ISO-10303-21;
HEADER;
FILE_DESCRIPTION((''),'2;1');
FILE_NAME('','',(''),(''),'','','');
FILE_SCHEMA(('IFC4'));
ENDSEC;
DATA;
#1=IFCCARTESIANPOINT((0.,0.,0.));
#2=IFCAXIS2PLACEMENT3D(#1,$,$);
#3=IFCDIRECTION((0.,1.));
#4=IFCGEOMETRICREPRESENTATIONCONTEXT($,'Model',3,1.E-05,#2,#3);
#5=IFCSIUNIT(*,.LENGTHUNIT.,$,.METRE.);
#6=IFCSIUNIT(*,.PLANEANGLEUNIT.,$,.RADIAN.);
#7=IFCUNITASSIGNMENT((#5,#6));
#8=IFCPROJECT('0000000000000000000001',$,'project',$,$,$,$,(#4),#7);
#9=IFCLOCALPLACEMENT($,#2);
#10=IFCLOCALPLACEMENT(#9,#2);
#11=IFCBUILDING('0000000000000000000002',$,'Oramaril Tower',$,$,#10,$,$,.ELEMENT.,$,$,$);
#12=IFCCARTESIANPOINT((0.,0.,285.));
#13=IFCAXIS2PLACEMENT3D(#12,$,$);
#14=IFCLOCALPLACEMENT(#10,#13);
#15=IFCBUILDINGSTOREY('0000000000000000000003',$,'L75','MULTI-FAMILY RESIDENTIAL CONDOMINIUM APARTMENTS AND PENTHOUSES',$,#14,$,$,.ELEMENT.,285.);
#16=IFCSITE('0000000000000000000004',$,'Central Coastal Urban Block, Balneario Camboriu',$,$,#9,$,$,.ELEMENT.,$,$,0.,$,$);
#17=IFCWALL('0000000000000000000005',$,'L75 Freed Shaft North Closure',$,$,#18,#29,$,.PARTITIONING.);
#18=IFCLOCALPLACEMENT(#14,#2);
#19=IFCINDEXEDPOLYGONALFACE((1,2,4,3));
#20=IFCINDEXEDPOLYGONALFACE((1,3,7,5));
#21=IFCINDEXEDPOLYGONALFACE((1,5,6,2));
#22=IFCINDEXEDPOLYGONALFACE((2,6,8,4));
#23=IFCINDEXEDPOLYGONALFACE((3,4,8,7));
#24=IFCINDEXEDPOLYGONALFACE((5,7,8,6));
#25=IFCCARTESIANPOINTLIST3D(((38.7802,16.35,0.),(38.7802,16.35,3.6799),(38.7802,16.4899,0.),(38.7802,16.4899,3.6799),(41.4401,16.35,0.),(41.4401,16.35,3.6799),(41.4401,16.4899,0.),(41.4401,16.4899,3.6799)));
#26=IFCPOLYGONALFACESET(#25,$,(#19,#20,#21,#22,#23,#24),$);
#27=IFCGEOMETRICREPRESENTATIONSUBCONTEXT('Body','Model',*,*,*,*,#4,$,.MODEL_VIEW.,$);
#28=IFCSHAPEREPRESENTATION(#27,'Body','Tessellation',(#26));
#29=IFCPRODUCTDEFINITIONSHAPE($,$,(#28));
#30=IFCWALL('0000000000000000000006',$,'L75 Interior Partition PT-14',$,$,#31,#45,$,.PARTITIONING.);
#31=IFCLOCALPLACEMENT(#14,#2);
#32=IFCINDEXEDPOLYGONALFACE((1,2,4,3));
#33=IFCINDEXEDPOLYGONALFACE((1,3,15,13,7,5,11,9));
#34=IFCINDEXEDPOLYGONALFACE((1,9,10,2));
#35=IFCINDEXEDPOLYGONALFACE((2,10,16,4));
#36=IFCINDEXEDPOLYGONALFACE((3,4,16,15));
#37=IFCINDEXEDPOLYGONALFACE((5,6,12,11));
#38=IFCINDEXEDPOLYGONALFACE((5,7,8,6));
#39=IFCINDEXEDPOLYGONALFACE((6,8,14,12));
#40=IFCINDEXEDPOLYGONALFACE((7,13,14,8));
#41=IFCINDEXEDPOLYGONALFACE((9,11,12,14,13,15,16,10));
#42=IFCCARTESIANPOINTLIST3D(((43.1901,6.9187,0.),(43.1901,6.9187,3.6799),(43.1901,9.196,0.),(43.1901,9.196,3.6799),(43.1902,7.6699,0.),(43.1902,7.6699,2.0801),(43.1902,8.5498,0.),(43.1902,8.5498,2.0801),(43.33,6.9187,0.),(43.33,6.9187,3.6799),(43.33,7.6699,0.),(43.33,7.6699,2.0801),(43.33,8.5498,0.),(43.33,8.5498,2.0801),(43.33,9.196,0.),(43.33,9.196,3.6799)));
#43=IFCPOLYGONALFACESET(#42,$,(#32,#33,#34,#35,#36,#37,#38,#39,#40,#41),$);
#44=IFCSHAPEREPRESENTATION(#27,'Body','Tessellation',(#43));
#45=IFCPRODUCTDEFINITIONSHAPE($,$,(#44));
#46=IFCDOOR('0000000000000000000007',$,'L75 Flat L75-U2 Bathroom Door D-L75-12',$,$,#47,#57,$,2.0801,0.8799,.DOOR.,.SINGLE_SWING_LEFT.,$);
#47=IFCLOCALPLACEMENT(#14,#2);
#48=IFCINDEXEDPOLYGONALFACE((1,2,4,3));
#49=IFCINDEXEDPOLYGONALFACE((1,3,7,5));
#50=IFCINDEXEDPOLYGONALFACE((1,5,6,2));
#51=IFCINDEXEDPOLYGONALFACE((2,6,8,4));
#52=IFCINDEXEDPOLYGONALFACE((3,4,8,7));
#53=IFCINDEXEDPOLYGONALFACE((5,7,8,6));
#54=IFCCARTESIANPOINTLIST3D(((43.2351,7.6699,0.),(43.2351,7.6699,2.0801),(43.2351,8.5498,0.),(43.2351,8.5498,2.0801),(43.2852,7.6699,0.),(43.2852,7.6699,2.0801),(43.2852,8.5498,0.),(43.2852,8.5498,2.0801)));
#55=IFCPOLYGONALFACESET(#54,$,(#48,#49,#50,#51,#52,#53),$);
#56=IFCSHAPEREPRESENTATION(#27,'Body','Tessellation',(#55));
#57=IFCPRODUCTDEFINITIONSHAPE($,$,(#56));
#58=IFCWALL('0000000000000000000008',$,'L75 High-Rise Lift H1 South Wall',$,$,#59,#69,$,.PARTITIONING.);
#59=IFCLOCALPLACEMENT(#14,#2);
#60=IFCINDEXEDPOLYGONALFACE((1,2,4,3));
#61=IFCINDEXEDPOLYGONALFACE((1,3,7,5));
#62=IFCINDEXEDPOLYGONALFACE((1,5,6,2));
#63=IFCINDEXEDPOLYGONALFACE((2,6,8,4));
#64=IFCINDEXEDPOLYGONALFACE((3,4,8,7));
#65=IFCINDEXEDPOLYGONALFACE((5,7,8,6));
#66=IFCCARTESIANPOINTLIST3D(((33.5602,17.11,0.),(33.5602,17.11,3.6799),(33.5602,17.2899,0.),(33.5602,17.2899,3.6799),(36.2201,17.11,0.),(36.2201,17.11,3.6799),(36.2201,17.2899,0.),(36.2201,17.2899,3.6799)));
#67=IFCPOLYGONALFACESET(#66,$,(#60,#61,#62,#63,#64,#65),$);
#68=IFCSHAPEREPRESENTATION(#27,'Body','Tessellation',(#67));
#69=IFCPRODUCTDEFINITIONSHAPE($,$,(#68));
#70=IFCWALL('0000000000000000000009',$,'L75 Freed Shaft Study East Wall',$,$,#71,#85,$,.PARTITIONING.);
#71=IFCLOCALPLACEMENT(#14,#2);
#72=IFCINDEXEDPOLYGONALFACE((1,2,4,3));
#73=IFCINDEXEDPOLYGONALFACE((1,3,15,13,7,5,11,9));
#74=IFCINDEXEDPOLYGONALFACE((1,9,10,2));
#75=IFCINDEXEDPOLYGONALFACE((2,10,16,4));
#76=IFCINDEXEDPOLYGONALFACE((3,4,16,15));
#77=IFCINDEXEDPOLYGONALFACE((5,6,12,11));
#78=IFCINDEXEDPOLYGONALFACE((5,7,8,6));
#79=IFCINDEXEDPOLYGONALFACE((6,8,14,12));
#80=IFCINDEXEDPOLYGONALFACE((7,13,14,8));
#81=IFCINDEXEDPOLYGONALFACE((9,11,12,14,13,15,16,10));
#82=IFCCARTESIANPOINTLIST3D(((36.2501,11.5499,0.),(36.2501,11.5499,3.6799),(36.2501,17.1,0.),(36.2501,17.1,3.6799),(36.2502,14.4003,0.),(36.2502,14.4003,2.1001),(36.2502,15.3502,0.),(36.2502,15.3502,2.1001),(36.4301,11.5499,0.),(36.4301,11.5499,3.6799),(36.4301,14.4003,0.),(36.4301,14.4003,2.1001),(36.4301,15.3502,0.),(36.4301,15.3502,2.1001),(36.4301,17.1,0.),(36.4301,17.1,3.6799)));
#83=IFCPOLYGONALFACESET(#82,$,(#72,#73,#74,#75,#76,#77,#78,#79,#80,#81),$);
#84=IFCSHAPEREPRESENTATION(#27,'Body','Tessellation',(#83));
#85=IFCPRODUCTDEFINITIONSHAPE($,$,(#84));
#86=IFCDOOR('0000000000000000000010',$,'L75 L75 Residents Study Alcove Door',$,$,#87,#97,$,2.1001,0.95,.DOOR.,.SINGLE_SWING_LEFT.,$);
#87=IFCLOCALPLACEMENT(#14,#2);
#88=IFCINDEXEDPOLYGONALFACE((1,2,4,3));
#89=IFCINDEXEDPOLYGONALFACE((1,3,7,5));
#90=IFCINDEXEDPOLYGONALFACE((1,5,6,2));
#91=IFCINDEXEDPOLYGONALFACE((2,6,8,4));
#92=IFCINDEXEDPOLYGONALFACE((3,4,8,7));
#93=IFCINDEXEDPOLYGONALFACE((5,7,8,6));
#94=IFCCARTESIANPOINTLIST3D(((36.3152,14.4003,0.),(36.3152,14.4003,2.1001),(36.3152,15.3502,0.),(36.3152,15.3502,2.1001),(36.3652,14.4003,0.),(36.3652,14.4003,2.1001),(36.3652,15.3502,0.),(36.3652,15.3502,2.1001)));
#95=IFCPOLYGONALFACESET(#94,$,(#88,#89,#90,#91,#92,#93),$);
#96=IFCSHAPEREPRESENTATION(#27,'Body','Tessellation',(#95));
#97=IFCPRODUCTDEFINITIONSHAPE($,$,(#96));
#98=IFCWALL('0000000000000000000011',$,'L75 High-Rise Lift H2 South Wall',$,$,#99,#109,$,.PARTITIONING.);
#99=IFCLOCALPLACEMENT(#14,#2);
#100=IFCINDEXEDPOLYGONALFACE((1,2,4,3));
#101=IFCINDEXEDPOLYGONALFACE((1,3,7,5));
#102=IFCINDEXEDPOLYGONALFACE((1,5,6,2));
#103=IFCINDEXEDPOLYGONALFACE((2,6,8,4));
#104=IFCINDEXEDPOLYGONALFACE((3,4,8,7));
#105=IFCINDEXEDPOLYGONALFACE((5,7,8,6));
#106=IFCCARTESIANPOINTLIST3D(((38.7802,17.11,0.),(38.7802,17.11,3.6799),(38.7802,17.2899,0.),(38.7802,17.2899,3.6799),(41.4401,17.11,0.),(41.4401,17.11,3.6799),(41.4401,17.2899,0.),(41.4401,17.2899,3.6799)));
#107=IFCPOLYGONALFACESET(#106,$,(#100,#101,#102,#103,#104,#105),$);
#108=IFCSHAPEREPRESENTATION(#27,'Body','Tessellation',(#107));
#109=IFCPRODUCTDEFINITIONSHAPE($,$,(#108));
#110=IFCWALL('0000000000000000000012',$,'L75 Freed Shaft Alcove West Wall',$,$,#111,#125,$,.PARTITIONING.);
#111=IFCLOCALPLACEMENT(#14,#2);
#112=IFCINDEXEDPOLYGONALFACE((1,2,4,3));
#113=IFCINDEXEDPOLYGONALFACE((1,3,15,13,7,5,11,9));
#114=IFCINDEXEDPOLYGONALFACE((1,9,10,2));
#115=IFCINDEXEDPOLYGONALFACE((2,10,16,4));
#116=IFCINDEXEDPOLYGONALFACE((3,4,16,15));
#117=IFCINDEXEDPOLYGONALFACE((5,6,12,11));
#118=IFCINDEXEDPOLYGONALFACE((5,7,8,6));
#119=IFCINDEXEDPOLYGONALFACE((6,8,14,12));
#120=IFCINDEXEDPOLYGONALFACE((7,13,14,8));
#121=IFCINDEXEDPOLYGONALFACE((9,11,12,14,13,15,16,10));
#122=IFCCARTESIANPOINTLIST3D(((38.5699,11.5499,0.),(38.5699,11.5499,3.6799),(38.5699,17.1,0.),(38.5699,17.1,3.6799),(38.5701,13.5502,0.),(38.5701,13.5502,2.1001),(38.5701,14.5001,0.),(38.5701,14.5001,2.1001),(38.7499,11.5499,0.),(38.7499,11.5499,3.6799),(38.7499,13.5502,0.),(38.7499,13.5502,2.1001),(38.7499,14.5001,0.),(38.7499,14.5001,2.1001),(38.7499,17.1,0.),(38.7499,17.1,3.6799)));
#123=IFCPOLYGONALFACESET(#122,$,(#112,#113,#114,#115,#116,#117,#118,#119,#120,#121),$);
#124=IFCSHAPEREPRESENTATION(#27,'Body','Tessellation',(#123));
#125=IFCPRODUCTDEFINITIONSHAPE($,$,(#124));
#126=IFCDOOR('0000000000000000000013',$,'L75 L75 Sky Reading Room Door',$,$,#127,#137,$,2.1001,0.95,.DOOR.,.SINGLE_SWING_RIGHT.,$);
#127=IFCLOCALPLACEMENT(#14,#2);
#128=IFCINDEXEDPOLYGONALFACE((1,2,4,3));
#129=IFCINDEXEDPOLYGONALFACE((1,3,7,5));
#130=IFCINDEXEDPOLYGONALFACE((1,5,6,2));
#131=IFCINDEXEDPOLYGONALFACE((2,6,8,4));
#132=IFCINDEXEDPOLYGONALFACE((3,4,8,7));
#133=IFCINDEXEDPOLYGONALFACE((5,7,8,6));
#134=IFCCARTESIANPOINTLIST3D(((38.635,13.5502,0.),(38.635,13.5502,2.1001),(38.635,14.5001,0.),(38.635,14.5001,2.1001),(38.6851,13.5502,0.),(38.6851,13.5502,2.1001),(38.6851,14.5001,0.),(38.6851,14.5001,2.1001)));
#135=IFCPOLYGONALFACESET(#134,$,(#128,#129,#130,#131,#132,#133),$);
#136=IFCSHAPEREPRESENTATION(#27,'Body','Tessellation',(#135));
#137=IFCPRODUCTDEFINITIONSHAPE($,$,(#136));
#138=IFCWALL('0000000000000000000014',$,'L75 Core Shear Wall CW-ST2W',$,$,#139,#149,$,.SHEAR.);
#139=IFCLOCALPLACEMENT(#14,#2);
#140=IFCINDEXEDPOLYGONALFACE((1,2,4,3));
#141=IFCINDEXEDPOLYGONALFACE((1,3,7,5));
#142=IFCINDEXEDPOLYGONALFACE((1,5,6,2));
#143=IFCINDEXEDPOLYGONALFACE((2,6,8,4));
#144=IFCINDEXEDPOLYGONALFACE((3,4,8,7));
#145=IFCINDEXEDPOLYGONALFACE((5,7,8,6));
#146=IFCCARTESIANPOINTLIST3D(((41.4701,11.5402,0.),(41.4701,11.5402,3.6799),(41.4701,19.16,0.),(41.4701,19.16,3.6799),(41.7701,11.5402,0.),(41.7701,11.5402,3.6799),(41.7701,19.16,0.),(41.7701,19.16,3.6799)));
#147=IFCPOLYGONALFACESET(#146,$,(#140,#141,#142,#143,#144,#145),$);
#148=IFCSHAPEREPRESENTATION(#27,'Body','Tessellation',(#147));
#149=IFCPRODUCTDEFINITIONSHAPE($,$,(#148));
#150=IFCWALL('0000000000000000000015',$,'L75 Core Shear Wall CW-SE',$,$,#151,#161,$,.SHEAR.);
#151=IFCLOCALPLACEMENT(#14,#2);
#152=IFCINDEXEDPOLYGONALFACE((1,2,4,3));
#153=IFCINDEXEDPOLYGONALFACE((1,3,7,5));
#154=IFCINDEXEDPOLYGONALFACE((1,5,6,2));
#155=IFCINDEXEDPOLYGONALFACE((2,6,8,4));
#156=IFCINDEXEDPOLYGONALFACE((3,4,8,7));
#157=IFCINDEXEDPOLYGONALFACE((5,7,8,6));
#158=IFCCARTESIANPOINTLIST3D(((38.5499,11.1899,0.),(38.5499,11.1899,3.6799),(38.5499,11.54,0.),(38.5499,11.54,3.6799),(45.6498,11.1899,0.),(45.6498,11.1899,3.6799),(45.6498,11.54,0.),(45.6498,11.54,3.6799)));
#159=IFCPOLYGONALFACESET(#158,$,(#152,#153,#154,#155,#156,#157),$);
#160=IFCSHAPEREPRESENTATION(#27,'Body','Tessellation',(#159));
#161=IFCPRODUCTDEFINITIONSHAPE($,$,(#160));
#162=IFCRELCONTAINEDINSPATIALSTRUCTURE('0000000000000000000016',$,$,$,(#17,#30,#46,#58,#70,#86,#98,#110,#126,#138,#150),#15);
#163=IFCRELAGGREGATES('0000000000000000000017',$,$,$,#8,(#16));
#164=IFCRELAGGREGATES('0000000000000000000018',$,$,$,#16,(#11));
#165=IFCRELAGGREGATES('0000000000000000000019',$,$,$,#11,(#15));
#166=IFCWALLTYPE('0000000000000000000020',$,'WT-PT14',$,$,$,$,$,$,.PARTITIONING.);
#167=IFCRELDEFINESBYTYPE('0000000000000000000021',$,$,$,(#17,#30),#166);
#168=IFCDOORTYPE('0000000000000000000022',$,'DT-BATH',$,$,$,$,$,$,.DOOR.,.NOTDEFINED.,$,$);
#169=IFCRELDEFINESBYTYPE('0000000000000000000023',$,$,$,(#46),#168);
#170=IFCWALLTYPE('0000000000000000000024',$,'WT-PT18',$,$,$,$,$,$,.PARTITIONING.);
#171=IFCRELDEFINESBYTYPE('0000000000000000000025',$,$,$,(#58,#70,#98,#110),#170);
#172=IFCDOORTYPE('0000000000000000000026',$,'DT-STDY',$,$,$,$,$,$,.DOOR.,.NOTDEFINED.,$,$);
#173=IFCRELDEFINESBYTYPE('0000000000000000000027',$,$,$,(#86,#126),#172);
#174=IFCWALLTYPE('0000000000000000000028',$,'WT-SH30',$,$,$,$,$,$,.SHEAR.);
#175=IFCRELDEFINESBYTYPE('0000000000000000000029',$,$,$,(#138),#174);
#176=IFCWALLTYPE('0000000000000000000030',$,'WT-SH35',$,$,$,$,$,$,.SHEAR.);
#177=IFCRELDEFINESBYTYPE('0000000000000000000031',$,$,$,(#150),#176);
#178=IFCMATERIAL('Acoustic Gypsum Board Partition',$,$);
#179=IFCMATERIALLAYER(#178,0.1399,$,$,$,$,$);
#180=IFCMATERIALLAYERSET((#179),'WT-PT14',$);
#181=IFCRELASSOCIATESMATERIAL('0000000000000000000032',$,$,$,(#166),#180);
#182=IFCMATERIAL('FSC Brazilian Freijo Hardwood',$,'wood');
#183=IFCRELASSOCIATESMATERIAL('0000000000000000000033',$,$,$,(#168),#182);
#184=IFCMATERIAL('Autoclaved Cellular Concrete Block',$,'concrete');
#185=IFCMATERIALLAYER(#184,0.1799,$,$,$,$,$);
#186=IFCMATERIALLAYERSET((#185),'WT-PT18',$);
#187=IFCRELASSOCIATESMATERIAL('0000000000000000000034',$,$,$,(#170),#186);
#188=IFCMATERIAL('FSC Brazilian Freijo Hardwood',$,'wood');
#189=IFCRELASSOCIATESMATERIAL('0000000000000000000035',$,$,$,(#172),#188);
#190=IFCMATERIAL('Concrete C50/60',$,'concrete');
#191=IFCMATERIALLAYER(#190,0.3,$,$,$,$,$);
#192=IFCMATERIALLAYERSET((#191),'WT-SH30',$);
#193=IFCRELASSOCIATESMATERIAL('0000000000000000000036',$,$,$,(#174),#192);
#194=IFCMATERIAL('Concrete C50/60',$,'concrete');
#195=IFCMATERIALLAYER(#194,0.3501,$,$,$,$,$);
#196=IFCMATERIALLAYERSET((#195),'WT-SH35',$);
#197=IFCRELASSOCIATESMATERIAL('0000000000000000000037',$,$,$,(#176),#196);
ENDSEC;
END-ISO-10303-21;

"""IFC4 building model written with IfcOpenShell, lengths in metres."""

from ifc_helpers import new_model, si_unit, direction, frame, frame_2d, origin, place, context, subcontext, project, spatial, rectangle, extrude, material, layer, layer_set, type_object, element, fill, save


model = new_model("IFC4")

# Units and contexts
model_context = context("Model", 3, precision=1e-05, world=origin(), true_north=direction((0.0, 1.0)))
body_context = subcontext(model_context, "Body", "Model", "MODEL_VIEW")
ifc_project = project(units=[si_unit("LENGTHUNIT", "METRE"), si_unit("PLANEANGLEUNIT", "RADIAN")], contexts=[model_context])

# Site, building, storey
site_placement = place(None, origin())
site = spatial("IfcSite", under=ifc_project, at=site_placement, Name="Central Coastal Urban Block, Balneario Camboriu", CompositionType="ELEMENT", RefElevation=0.0)
building_placement = place(site_placement, origin())
building = spatial("IfcBuilding", under=site, at=building_placement, Name="Oramaril Tower", CompositionType="ELEMENT")
storey_placement = place(building_placement, frame((0.0, 0.0, 285.0)))
storey = spatial("IfcBuildingStorey", under=building, at=storey_placement, Name="L75", Description="MULTI-FAMILY RESIDENTIAL CONDOMINIUM APARTMENTS AND PENTHOUSES", CompositionType="ELEMENT", Elevation=285.0)

# Wall
ifc_material_1 = material(Name="Acoustic Gypsum Board Partition")
ifc_layer_1 = layer(ifc_material_1, 0.1399)
ifc_layer_set_1 = layer_set([ifc_layer_1], Name="WT-PT14")
wall_type_1 = type_object("IfcWallType", Name="WT-PT14", PredefinedType="PARTITIONING", material=ifc_layer_set_1)
wall_1_placement = place(storey_placement, frame((38.78, 16.4199, 0.0), z_axis=(0.0, 0.0, 1.0), x_axis=(1.0, 0.0, 0.0)))
element("IfcWall", 1, at=wall_1_placement, inside=storey, type_object=wall_type_1, Name="L75 Freed Shaft North Closure", PredefinedType="PARTITIONING", context=body_context, shape_type="SweptSolid", body=[
    extrude(rectangle(XDim=2.6599, YDim=0.1399, at=frame_2d((1.3301, 0.0))), origin(), (0.0, 0.0, 1.0), 3.6799),
])

# Wall, opening, door
wall_2_placement = place(storey_placement, frame((43.26, 6.9187, 0.0), z_axis=(0.0, 0.0, 1.0), x_axis=(0.0, 1.0, 0.0)))
wall_2 = element("IfcWall", 2, at=wall_2_placement, inside=storey, type_object=wall_type_1, Name="L75 Interior Partition PT-14", PredefinedType="PARTITIONING", context=body_context, shape_type="SweptSolid", body=[
    extrude(rectangle(XDim=2.2773, YDim=0.1399, at=frame_2d((1.1387, 0.0))), origin(), (0.0, 0.0, 1.0), 3.6799),
])
opening_1_placement = place(wall_2_placement, frame((0.7512, 0.0, 0.0)))
opening_1 = element("IfcOpeningElement", 3, at=opening_1_placement, cuts=wall_2, PredefinedType="OPENING", context=body_context, shape_type="SweptSolid", body=[
    extrude(rectangle(XDim=0.8799, YDim=2.0801, at=frame_2d((0.4399, 1.04))), frame((0.0, 0.0698, 0.0), z_axis=(0.0, -1.0, 0.0), x_axis=(1.0, 0.0, 0.0)), (0.0, 0.0, 1.0), 0.1399),
])
ifc_material_2 = material(Name="FSC Brazilian Freijo Hardwood", Category="wood")
door_type_1 = type_object("IfcDoorType", Name="DT-BATH", OperationType="NOTDEFINED", PredefinedType="DOOR", material=ifc_material_2)
door_1_placement = place(opening_1_placement, origin())
door_1 = element("IfcDoor", 4, at=door_1_placement, inside=storey, type_object=door_type_1, Name="L75 Flat L75-U2 Bathroom Door D-L75-12", OperationType="SINGLE_SWING_LEFT", OverallHeight=2.0801, OverallWidth=0.8799, PredefinedType="DOOR", context=body_context, shape_type="SweptSolid", body=[
    extrude(rectangle(XDim=0.8799, YDim=2.0801, at=frame_2d((0.4399, 1.04))), frame((0.0, 0.0249, 0.0), z_axis=(0.0, -1.0, 0.0), x_axis=(1.0, 0.0, 0.0)), (0.0, 0.0, 1.0), 0.05),
])
fill(opening_1, door_1)

# Wall
ifc_material_3 = material(Name="Autoclaved Cellular Concrete Block", Category="concrete")
ifc_layer_2 = layer(ifc_material_3, 0.1799)
ifc_layer_set_2 = layer_set([ifc_layer_2], Name="WT-PT18")
wall_type_2 = type_object("IfcWallType", Name="WT-PT18", PredefinedType="PARTITIONING", material=ifc_layer_set_2)
wall_3_placement = place(storey_placement, frame((33.5601, 17.2, 0.0), z_axis=(0.0, 0.0, 1.0), x_axis=(1.0, 0.0, 0.0)))
element("IfcWall", 5, at=wall_3_placement, inside=storey, type_object=wall_type_2, Name="L75 High-Rise Lift H1 South Wall", PredefinedType="PARTITIONING", context=body_context, shape_type="SweptSolid", body=[
    extrude(rectangle(XDim=2.6599, YDim=0.1799, at=frame_2d((1.3301, 0.0))), origin(), (0.0, 0.0, 1.0), 3.6799),
])

# Wall, opening, door
wall_4_placement = place(storey_placement, frame((36.3401, 11.55, 0.0), z_axis=(0.0, 0.0, 1.0), x_axis=(0.0, 1.0, 0.0)))
wall_4 = element("IfcWall", 6, at=wall_4_placement, inside=storey, type_object=wall_type_2, Name="L75 Freed Shaft Study East Wall", PredefinedType="PARTITIONING", context=body_context, shape_type="SweptSolid", body=[
    extrude(rectangle(XDim=5.55, YDim=0.1799, at=frame_2d((2.7749, 0.0))), origin(), (0.0, 0.0, 1.0), 3.6799),
])
opening_2_placement = place(wall_4_placement, frame((2.8501, 0.0, 0.0)))
opening_2 = element("IfcOpeningElement", 7, at=opening_2_placement, cuts=wall_4, PredefinedType="OPENING", context=body_context, shape_type="SweptSolid", body=[
    extrude(rectangle(XDim=0.95, YDim=2.1001, at=frame_2d((0.4751, 1.05))), frame((0.0, 0.0898, 0.0), z_axis=(0.0, -1.0, 0.0), x_axis=(1.0, 0.0, 0.0)), (0.0, 0.0, 1.0), 0.1799),
])
ifc_material_4 = material(Name="FSC Brazilian Freijo Hardwood", Category="wood")
door_type_2 = type_object("IfcDoorType", Name="DT-STDY", OperationType="NOTDEFINED", PredefinedType="DOOR", material=ifc_material_4)
door_2_placement = place(opening_2_placement, origin())
door_2 = element("IfcDoor", 8, at=door_2_placement, inside=storey, type_object=door_type_2, Name="L75 L75 Residents Study Alcove Door", OperationType="SINGLE_SWING_LEFT", OverallHeight=2.1001, OverallWidth=0.95, PredefinedType="DOOR", context=body_context, shape_type="SweptSolid", body=[
    extrude(rectangle(XDim=0.95, YDim=2.1001, at=frame_2d((0.4751, 1.05))), frame((0.0, 0.0249, 0.0), z_axis=(0.0, -1.0, 0.0), x_axis=(1.0, 0.0, 0.0)), (0.0, 0.0, 1.0), 0.05),
])
fill(opening_2, door_2)

# Wall
wall_5_placement = place(storey_placement, frame((38.78, 17.2, 0.0), z_axis=(0.0, 0.0, 1.0), x_axis=(1.0, 0.0, 0.0)))
element("IfcWall", 9, at=wall_5_placement, inside=storey, type_object=wall_type_2, Name="L75 High-Rise Lift H2 South Wall", PredefinedType="PARTITIONING", context=body_context, shape_type="SweptSolid", body=[
    extrude(rectangle(XDim=2.6599, YDim=0.1799, at=frame_2d((1.3301, 0.0))), origin(), (0.0, 0.0, 1.0), 3.6799),
])

# Wall, opening, door
wall_6_placement = place(storey_placement, frame((38.6599, 11.55, 0.0), z_axis=(0.0, 0.0, 1.0), x_axis=(0.0, 1.0, 0.0)))
wall_6 = element("IfcWall", 10, at=wall_6_placement, inside=storey, type_object=wall_type_2, Name="L75 Freed Shaft Alcove West Wall", PredefinedType="PARTITIONING", context=body_context, shape_type="SweptSolid", body=[
    extrude(rectangle(XDim=5.55, YDim=0.1799, at=frame_2d((2.7749, 0.0))), origin(), (0.0, 0.0, 1.0), 3.6799),
])
opening_3_placement = place(wall_6_placement, frame((2.0, 0.0, 0.0)))
opening_3 = element("IfcOpeningElement", 11, at=opening_3_placement, cuts=wall_6, PredefinedType="OPENING", context=body_context, shape_type="SweptSolid", body=[
    extrude(rectangle(XDim=0.95, YDim=2.1001, at=frame_2d((0.4751, 1.05))), frame((0.0, 0.0898, 0.0), z_axis=(0.0, -1.0, 0.0), x_axis=(1.0, 0.0, 0.0)), (0.0, 0.0, 1.0), 0.1799),
])
door_3_placement = place(opening_3_placement, origin())
door_3 = element("IfcDoor", 12, at=door_3_placement, inside=storey, type_object=door_type_2, Name="L75 L75 Sky Reading Room Door", OperationType="SINGLE_SWING_RIGHT", OverallHeight=2.1001, OverallWidth=0.95, PredefinedType="DOOR", context=body_context, shape_type="SweptSolid", body=[
    extrude(rectangle(XDim=0.95, YDim=2.1001, at=frame_2d((0.4751, 1.05))), frame((0.0, 0.0249, 0.0), z_axis=(0.0, -1.0, 0.0), x_axis=(1.0, 0.0, 0.0)), (0.0, 0.0, 1.0), 0.05),
])
fill(opening_3, door_3)

# Walls
ifc_material_5 = material(Name="Concrete C50/60", Category="concrete")
ifc_layer_3 = layer(ifc_material_5, 0.3)
ifc_layer_set_3 = layer_set([ifc_layer_3], Name="WT-SH30")
wall_type_3 = type_object("IfcWallType", Name="WT-SH30", PredefinedType="SHEAR", material=ifc_layer_set_3)
wall_7_placement = place(storey_placement, frame((41.6201, 11.54, 0.0), z_axis=(0.0, 0.0, 1.0), x_axis=(0.0, 1.0, 0.0)))
element("IfcWall", 13, at=wall_7_placement, inside=storey, type_object=wall_type_3, Name="L75 Core Shear Wall CW-ST2W", PredefinedType="SHEAR", context=body_context, shape_type="SweptSolid", body=[
    extrude(rectangle(XDim=7.6199, YDim=0.3, at=frame_2d((3.8101, 0.0))), origin(), (0.0, 0.0, 1.0), 3.6799),
])
ifc_material_6 = material(Name="Concrete C50/60", Category="concrete")
ifc_layer_4 = layer(ifc_material_6, 0.3501)
ifc_layer_set_4 = layer_set([ifc_layer_4], Name="WT-SH35")
wall_type_4 = type_object("IfcWallType", Name="WT-SH35", PredefinedType="SHEAR", material=ifc_layer_set_4)
wall_8_placement = place(storey_placement, frame((38.55, 11.365, 0.0), z_axis=(0.0, 0.0, 1.0), x_axis=(1.0, 0.0, 0.0)))
element("IfcWall", 14, at=wall_8_placement, inside=storey, type_object=wall_type_4, Name="L75 Core Shear Wall CW-SE", PredefinedType="SHEAR", context=body_context, shape_type="SweptSolid", body=[
    extrude(rectangle(XDim=7.0999, YDim=0.3501, at=frame_2d((3.5498, 0.0))), origin(), (0.0, 0.0, 1.0), 3.6799),
])

save(model, "model.ifc")
